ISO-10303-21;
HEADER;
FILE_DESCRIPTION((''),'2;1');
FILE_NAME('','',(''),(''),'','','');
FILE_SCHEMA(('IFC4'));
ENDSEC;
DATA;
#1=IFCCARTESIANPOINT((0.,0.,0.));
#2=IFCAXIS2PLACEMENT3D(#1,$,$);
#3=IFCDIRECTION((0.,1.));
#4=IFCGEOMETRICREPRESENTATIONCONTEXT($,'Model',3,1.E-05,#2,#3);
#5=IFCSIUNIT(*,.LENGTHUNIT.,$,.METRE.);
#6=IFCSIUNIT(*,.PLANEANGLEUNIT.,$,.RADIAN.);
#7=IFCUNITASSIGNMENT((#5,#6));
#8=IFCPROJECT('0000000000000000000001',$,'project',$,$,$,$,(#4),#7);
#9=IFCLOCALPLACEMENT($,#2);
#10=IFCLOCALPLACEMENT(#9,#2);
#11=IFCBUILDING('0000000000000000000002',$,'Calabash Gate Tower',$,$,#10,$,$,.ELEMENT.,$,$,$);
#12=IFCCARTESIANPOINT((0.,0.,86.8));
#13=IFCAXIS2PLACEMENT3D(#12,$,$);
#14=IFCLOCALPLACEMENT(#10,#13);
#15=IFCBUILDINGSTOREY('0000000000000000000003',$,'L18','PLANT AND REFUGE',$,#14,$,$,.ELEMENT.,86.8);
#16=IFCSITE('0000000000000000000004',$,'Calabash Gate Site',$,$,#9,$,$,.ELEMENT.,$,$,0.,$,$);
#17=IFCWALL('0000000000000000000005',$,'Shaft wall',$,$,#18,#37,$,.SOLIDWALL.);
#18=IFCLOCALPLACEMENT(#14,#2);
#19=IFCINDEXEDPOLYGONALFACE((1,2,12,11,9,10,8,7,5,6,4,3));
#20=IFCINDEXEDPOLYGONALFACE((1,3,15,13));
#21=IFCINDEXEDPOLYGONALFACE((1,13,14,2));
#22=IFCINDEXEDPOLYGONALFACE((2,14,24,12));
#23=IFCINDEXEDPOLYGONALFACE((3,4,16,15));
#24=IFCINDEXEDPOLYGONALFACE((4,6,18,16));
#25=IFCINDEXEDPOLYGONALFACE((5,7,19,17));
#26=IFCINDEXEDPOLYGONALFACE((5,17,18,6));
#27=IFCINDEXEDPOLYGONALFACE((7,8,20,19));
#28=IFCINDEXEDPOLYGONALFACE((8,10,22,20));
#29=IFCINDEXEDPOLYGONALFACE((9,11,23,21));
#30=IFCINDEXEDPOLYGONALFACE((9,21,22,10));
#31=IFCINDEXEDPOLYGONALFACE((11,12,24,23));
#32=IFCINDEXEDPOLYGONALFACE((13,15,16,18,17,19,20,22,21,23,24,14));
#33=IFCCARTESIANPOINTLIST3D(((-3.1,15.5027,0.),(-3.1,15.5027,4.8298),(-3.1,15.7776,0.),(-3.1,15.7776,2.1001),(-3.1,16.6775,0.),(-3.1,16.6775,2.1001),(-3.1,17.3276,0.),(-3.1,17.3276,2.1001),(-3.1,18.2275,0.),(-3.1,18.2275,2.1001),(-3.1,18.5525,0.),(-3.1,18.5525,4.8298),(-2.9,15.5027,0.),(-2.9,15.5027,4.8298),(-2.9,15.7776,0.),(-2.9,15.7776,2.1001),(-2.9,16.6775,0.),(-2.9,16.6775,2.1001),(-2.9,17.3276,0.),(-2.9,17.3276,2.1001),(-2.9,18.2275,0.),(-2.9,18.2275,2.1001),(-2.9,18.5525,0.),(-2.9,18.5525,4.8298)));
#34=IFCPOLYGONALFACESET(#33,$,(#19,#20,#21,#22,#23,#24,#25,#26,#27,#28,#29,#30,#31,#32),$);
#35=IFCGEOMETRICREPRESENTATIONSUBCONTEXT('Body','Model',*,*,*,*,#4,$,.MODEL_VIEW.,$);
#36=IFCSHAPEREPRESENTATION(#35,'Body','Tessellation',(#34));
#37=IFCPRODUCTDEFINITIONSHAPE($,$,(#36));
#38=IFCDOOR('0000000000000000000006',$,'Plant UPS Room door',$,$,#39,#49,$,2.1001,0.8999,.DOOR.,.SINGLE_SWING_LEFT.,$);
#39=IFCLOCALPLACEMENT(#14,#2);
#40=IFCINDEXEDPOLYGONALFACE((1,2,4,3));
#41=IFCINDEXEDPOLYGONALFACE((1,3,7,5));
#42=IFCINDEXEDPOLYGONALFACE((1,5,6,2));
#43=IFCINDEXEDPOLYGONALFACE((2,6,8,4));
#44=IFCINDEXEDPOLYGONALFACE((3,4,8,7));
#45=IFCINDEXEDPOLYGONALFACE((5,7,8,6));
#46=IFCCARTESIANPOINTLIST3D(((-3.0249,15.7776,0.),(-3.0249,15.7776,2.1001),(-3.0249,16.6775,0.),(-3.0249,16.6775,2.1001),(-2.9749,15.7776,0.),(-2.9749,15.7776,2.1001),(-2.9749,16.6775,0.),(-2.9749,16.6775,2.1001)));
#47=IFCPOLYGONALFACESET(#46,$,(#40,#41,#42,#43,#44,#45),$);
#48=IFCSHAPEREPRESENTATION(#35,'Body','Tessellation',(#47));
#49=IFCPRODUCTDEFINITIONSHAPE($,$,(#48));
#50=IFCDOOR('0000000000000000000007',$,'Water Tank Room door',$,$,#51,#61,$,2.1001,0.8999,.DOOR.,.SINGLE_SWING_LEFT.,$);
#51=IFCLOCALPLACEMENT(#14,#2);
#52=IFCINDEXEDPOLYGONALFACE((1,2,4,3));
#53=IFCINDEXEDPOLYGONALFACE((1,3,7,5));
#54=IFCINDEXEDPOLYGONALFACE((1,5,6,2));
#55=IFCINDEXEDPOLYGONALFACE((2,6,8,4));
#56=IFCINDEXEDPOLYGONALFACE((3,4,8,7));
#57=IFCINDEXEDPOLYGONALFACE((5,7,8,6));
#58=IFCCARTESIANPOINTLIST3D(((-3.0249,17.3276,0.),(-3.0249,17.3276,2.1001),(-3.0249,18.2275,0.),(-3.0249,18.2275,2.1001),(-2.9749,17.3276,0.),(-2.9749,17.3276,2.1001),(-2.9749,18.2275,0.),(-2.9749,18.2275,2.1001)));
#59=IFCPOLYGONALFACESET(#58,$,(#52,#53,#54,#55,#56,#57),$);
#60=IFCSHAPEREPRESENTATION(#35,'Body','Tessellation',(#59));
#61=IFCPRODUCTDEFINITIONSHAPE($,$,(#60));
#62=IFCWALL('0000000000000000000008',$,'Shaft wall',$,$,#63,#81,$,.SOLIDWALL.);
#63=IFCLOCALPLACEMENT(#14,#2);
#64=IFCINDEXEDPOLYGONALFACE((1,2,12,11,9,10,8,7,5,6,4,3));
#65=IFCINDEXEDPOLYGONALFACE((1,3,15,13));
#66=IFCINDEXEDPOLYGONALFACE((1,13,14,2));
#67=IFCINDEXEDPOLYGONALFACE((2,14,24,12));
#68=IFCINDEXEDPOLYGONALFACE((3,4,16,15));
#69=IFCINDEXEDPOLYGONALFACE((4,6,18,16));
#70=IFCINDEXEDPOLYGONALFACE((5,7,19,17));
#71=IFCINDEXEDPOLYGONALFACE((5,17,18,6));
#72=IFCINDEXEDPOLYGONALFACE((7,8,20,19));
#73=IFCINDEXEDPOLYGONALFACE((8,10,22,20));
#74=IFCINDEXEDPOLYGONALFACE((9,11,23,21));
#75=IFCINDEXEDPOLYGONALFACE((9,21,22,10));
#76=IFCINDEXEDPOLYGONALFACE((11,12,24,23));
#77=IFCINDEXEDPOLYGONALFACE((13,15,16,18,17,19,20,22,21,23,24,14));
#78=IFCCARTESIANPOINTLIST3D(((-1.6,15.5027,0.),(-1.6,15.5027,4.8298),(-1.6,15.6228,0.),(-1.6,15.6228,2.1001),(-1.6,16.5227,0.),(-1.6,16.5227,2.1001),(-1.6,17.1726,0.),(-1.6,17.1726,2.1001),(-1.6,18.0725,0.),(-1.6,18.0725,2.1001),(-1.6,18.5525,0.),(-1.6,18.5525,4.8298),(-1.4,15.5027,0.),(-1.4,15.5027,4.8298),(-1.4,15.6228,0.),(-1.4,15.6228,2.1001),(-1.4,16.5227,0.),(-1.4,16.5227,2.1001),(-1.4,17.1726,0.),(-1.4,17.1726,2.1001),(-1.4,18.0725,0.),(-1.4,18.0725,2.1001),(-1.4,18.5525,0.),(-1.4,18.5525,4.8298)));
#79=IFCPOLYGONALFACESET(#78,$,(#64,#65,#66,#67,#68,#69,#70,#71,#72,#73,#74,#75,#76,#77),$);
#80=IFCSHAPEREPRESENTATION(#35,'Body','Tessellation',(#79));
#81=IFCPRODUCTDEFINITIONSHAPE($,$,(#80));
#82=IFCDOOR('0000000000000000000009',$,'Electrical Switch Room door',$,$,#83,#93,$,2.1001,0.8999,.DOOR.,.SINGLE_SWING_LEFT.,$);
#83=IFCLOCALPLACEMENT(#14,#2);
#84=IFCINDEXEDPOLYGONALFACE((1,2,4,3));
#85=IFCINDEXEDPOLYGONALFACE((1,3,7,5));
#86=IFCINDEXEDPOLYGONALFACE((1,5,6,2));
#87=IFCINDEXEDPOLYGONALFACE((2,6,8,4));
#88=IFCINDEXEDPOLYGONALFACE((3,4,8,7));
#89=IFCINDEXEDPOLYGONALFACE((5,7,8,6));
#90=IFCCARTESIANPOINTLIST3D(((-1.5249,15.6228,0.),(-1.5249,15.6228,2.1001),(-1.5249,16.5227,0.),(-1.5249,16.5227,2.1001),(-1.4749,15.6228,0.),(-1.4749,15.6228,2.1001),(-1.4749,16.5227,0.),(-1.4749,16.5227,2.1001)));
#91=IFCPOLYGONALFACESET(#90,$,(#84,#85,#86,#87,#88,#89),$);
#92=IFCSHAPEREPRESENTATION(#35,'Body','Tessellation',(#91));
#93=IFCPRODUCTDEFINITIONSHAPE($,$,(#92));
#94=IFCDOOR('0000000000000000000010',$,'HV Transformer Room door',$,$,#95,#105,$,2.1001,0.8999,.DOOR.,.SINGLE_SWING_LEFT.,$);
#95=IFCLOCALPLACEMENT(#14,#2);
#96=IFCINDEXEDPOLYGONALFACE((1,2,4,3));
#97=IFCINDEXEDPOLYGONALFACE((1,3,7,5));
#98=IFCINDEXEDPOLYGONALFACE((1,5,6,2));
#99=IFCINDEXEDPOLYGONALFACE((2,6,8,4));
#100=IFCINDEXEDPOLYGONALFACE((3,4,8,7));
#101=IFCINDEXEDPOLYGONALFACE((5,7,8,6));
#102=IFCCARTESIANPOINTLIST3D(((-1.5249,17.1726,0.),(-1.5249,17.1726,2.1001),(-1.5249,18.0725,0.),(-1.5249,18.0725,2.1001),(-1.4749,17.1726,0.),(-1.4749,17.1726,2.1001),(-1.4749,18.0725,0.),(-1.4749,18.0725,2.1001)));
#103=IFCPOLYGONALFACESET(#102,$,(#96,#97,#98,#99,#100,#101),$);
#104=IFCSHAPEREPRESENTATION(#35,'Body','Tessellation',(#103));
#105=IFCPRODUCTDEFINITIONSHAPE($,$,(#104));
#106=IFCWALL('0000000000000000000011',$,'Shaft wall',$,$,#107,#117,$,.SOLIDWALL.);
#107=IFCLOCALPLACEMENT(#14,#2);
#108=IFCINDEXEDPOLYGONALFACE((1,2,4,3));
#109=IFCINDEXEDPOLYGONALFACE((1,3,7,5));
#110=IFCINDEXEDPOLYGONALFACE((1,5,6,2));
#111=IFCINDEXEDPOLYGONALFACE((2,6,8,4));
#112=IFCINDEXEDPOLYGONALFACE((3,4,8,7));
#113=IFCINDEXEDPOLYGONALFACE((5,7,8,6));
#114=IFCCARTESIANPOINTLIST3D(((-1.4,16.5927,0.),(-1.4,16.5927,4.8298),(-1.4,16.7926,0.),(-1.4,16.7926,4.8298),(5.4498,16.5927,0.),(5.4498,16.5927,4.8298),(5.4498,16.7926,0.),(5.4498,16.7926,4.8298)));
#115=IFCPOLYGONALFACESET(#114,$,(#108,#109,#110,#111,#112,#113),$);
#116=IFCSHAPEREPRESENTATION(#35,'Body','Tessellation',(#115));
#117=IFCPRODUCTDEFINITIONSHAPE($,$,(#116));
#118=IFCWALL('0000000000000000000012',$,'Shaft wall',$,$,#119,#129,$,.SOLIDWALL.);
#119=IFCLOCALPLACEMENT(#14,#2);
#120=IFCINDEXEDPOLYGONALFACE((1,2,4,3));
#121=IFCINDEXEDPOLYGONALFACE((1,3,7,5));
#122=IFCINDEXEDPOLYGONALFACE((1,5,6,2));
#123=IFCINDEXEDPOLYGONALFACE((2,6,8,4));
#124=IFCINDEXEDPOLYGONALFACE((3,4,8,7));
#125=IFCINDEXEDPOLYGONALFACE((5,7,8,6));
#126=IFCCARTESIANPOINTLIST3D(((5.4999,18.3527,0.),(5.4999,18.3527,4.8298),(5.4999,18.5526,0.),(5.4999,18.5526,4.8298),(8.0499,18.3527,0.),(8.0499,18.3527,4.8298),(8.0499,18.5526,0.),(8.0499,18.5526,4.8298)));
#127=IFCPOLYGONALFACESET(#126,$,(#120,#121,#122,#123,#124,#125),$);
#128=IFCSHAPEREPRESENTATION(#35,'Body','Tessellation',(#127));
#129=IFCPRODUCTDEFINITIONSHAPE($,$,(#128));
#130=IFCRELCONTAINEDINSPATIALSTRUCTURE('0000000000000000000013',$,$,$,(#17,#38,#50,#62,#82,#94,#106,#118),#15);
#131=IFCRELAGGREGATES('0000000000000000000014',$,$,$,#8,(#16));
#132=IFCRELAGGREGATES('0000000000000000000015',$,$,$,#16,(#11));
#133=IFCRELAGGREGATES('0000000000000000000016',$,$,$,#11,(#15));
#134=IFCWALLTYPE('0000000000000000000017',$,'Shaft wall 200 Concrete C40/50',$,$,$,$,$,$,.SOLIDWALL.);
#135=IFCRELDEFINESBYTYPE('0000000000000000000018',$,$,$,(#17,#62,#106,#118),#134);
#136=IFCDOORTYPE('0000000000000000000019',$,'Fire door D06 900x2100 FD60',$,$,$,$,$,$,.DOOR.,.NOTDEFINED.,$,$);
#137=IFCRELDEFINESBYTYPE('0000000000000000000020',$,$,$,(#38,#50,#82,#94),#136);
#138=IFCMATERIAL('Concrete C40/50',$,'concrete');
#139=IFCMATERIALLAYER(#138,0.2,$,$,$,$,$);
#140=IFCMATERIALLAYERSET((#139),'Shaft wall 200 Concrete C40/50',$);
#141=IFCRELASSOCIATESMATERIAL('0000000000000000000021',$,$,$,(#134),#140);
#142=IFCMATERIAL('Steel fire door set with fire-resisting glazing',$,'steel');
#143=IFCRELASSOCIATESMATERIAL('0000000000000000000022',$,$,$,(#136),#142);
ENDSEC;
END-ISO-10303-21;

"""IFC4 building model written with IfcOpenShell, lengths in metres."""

from ifc_helpers import new_model, si_unit, direction, frame, frame_2d, origin, place, context, subcontext, project, spatial, rectangle, extrude, material, layer, layer_set, type_object, element, fill, save


model = new_model("IFC4")

# Units and contexts
model_context = context("Model", 3, precision=1e-05, world=origin(), true_north=direction((0.0, 1.0)))
body_context = subcontext(model_context, "Body", "Model", "MODEL_VIEW")
ifc_project = project(units=[si_unit("LENGTHUNIT", "METRE"), si_unit("PLANEANGLEUNIT", "RADIAN")], contexts=[model_context])

# Site, building, storey
site_placement = place(None, origin())
site = spatial("IfcSite", under=ifc_project, at=site_placement, Name="Calabash Gate Site", CompositionType="ELEMENT", RefElevation=0.0)
building_placement = place(site_placement, origin())
building = spatial("IfcBuilding", under=site, at=building_placement, Name="Calabash Gate Tower", CompositionType="ELEMENT")
storey_placement = place(building_placement, frame((0.0, 0.0, 86.8)))
storey = spatial("IfcBuildingStorey", under=building, at=storey_placement, Name="L18", Description="PLANT AND REFUGE", CompositionType="ELEMENT", Elevation=86.8)

# Shared definitions
ifc_material_1 = material(Name="Concrete C40/50", Category="concrete")
ifc_layer = layer(ifc_material_1, 0.2)
ifc_layer_set = layer_set([ifc_layer], Name="Shaft wall 200 Concrete C40/50")
wall_type = type_object("IfcWallType", Name="Shaft wall 200 Concrete C40/50", PredefinedType="SOLIDWALL", material=ifc_layer_set)
ifc_material_2 = material(Name="Steel fire door set with fire-resisting glazing", Category="steel")
door_type_1 = type_object("IfcDoorType", Name="Fire door D06 900x2100 FD60", OperationType="NOTDEFINED", PredefinedType="DOOR", material=ifc_material_2)

# Walls, openings, doors
wall_1_placement = place(storey_placement, frame((-3.0, 15.5027, 0.0), z_axis=(0.0, 0.0, 1.0), x_axis=(0.0, 1.0, 0.0)))
wall_1 = element("IfcWall", 1, at=wall_1_placement, inside=storey, type_object=wall_type, Name="Shaft wall", PredefinedType="SOLIDWALL", context=body_context, shape_type="SweptSolid", body=[
    extrude(rectangle(XDim=3.0498, YDim=0.2, at=frame_2d((1.5249, 0.0))), origin(), (0.0, 0.0, 1.0), 4.8298),
])
opening_1_placement = place(wall_1_placement, frame((0.2749, 0.0, 0.0)))
opening_1 = element("IfcOpeningElement", 2, at=opening_1_placement, cuts=wall_1, PredefinedType="OPENING", context=body_context, shape_type="SweptSolid", body=[
    extrude(rectangle(XDim=0.8999, YDim=2.1001, at=frame_2d((0.45, 1.05))), frame((0.0, 0.1099, 0.0), z_axis=(0.0, -1.0, 0.0), x_axis=(1.0, 0.0, 0.0)), (0.0, 0.0, 1.0), 0.22),
])
opening_2_placement = place(wall_1_placement, frame((1.825, 0.0, 0.0)))
opening_2 = element("IfcOpeningElement", 3, at=opening_2_placement, cuts=wall_1, PredefinedType="OPENING", context=body_context, shape_type="SweptSolid", body=[
    extrude(rectangle(XDim=0.8999, YDim=2.1001, at=frame_2d((0.45, 1.05))), frame((0.0, 0.1099, 0.0), z_axis=(0.0, -1.0, 0.0), x_axis=(1.0, 0.0, 0.0)), (0.0, 0.0, 1.0), 0.22),
])
door_1_placement = place(opening_1_placement, origin())
door_1 = element("IfcDoor", 4, at=door_1_placement, inside=storey, type_object=door_type_1, Name="Plant UPS Room door", OperationType="SINGLE_SWING_LEFT", OverallHeight=2.1001, OverallWidth=0.8999, PredefinedType="DOOR", context=body_context, shape_type="SweptSolid", body=[
    extrude(rectangle(XDim=0.8999, YDim=2.1001, at=frame_2d((0.45, 1.05))), frame((0.0, 0.0249, 0.0), z_axis=(0.0, -1.0, 0.0), x_axis=(1.0, 0.0, 0.0)), (0.0, 0.0, 1.0), 0.05),
])
fill(opening_1, door_1)
door_2_placement = place(opening_2_placement, origin())
door_2 = element("IfcDoor", 5, at=door_2_placement, inside=storey, type_object=door_type_1, Name="Water Tank Room door", OperationType="SINGLE_SWING_LEFT", OverallHeight=2.1001, OverallWidth=0.8999, PredefinedType="DOOR", context=body_context, shape_type="SweptSolid", body=[
    extrude(rectangle(XDim=0.8999, YDim=2.1001, at=frame_2d((0.45, 1.05))), frame((0.0, 0.0249, 0.0), z_axis=(0.0, -1.0, 0.0), x_axis=(1.0, 0.0, 0.0)), (0.0, 0.0, 1.0), 0.05),
])
fill(opening_2, door_2)
wall_2_placement = place(storey_placement, frame((-1.5, 15.5027, 0.0), z_axis=(0.0, 0.0, 1.0), x_axis=(0.0, 1.0, 0.0)))
wall_2 = element("IfcWall", 6, at=wall_2_placement, inside=storey, type_object=wall_type, Name="Shaft wall", PredefinedType="SOLIDWALL", context=body_context, shape_type="SweptSolid", body=[
    extrude(rectangle(XDim=3.0498, YDim=0.2, at=frame_2d((1.5249, 0.0))), origin(), (0.0, 0.0, 1.0), 4.8298),
])
opening_3_placement = place(wall_2_placement, frame((0.1201, 0.0, 0.0)))
opening_3 = element("IfcOpeningElement", 7, at=opening_3_placement, cuts=wall_2, PredefinedType="OPENING", context=body_context, shape_type="SweptSolid", body=[
    extrude(rectangle(XDim=0.8999, YDim=2.1001, at=frame_2d((0.45, 1.05))), frame((0.0, 0.1099, 0.0), z_axis=(0.0, -1.0, 0.0), x_axis=(1.0, 0.0, 0.0)), (0.0, 0.0, 1.0), 0.22),
])
opening_4_placement = place(wall_2_placement, frame((1.6699, 0.0, 0.0)))
opening_4 = element("IfcOpeningElement", 8, at=opening_4_placement, cuts=wall_2, PredefinedType="OPENING", context=body_context, shape_type="SweptSolid", body=[
    extrude(rectangle(XDim=0.8999, YDim=2.1001, at=frame_2d((0.45, 1.05))), frame((0.0, 0.1099, 0.0), z_axis=(0.0, -1.0, 0.0), x_axis=(1.0, 0.0, 0.0)), (0.0, 0.0, 1.0), 0.22),
])
door_3_placement = place(opening_3_placement, origin())
door_3 = element("IfcDoor", 9, at=door_3_placement, inside=storey, type_object=door_type_1, Name="Electrical Switch Room door", OperationType="SINGLE_SWING_LEFT", OverallHeight=2.1001, OverallWidth=0.8999, PredefinedType="DOOR", context=body_context, shape_type="SweptSolid", body=[
    extrude(rectangle(XDim=0.8999, YDim=2.1001, at=frame_2d((0.45, 1.05))), frame((0.0, 0.0249, 0.0), z_axis=(0.0, -1.0, 0.0), x_axis=(1.0, 0.0, 0.0)), (0.0, 0.0, 1.0), 0.05),
])
fill(opening_3, door_3)
door_4_placement = place(opening_4_placement, origin())
door_4 = element("IfcDoor", 10, at=door_4_placement, inside=storey, type_object=door_type_1, Name="HV Transformer Room door", OperationType="SINGLE_SWING_LEFT", OverallHeight=2.1001, OverallWidth=0.8999, PredefinedType="DOOR", context=body_context, shape_type="SweptSolid", body=[
    extrude(rectangle(XDim=0.8999, YDim=2.1001, at=frame_2d((0.45, 1.05))), frame((0.0, 0.0249, 0.0), z_axis=(0.0, -1.0, 0.0), x_axis=(1.0, 0.0, 0.0)), (0.0, 0.0, 1.0), 0.05),
])
fill(opening_4, door_4)

# Walls
wall_3_placement = place(storey_placement, frame((-1.3999, 16.6926, 0.0), z_axis=(0.0, 0.0, 1.0), x_axis=(1.0, 0.0, 0.0)))
element("IfcWall", 11, at=wall_3_placement, inside=storey, type_object=wall_type, Name="Shaft wall", PredefinedType="SOLIDWALL", context=body_context, shape_type="SweptSolid", body=[
    extrude(rectangle(XDim=6.8499, YDim=0.2, at=frame_2d((3.4248, 0.0))), origin(), (0.0, 0.0, 1.0), 4.8298),
])
wall_4_placement = place(storey_placement, frame((5.5, 18.4526, 0.0), z_axis=(0.0, 0.0, 1.0), x_axis=(1.0, 0.0, 0.0)))
element("IfcWall", 12, at=wall_4_placement, inside=storey, type_object=wall_type, Name="Shaft wall", PredefinedType="SOLIDWALL", context=body_context, shape_type="SweptSolid", body=[
    extrude(rectangle(XDim=2.55, YDim=0.2, at=frame_2d((1.2749, 0.0))), origin(), (0.0, 0.0, 1.0), 4.8298),
])

save(model, "model.ifc")
